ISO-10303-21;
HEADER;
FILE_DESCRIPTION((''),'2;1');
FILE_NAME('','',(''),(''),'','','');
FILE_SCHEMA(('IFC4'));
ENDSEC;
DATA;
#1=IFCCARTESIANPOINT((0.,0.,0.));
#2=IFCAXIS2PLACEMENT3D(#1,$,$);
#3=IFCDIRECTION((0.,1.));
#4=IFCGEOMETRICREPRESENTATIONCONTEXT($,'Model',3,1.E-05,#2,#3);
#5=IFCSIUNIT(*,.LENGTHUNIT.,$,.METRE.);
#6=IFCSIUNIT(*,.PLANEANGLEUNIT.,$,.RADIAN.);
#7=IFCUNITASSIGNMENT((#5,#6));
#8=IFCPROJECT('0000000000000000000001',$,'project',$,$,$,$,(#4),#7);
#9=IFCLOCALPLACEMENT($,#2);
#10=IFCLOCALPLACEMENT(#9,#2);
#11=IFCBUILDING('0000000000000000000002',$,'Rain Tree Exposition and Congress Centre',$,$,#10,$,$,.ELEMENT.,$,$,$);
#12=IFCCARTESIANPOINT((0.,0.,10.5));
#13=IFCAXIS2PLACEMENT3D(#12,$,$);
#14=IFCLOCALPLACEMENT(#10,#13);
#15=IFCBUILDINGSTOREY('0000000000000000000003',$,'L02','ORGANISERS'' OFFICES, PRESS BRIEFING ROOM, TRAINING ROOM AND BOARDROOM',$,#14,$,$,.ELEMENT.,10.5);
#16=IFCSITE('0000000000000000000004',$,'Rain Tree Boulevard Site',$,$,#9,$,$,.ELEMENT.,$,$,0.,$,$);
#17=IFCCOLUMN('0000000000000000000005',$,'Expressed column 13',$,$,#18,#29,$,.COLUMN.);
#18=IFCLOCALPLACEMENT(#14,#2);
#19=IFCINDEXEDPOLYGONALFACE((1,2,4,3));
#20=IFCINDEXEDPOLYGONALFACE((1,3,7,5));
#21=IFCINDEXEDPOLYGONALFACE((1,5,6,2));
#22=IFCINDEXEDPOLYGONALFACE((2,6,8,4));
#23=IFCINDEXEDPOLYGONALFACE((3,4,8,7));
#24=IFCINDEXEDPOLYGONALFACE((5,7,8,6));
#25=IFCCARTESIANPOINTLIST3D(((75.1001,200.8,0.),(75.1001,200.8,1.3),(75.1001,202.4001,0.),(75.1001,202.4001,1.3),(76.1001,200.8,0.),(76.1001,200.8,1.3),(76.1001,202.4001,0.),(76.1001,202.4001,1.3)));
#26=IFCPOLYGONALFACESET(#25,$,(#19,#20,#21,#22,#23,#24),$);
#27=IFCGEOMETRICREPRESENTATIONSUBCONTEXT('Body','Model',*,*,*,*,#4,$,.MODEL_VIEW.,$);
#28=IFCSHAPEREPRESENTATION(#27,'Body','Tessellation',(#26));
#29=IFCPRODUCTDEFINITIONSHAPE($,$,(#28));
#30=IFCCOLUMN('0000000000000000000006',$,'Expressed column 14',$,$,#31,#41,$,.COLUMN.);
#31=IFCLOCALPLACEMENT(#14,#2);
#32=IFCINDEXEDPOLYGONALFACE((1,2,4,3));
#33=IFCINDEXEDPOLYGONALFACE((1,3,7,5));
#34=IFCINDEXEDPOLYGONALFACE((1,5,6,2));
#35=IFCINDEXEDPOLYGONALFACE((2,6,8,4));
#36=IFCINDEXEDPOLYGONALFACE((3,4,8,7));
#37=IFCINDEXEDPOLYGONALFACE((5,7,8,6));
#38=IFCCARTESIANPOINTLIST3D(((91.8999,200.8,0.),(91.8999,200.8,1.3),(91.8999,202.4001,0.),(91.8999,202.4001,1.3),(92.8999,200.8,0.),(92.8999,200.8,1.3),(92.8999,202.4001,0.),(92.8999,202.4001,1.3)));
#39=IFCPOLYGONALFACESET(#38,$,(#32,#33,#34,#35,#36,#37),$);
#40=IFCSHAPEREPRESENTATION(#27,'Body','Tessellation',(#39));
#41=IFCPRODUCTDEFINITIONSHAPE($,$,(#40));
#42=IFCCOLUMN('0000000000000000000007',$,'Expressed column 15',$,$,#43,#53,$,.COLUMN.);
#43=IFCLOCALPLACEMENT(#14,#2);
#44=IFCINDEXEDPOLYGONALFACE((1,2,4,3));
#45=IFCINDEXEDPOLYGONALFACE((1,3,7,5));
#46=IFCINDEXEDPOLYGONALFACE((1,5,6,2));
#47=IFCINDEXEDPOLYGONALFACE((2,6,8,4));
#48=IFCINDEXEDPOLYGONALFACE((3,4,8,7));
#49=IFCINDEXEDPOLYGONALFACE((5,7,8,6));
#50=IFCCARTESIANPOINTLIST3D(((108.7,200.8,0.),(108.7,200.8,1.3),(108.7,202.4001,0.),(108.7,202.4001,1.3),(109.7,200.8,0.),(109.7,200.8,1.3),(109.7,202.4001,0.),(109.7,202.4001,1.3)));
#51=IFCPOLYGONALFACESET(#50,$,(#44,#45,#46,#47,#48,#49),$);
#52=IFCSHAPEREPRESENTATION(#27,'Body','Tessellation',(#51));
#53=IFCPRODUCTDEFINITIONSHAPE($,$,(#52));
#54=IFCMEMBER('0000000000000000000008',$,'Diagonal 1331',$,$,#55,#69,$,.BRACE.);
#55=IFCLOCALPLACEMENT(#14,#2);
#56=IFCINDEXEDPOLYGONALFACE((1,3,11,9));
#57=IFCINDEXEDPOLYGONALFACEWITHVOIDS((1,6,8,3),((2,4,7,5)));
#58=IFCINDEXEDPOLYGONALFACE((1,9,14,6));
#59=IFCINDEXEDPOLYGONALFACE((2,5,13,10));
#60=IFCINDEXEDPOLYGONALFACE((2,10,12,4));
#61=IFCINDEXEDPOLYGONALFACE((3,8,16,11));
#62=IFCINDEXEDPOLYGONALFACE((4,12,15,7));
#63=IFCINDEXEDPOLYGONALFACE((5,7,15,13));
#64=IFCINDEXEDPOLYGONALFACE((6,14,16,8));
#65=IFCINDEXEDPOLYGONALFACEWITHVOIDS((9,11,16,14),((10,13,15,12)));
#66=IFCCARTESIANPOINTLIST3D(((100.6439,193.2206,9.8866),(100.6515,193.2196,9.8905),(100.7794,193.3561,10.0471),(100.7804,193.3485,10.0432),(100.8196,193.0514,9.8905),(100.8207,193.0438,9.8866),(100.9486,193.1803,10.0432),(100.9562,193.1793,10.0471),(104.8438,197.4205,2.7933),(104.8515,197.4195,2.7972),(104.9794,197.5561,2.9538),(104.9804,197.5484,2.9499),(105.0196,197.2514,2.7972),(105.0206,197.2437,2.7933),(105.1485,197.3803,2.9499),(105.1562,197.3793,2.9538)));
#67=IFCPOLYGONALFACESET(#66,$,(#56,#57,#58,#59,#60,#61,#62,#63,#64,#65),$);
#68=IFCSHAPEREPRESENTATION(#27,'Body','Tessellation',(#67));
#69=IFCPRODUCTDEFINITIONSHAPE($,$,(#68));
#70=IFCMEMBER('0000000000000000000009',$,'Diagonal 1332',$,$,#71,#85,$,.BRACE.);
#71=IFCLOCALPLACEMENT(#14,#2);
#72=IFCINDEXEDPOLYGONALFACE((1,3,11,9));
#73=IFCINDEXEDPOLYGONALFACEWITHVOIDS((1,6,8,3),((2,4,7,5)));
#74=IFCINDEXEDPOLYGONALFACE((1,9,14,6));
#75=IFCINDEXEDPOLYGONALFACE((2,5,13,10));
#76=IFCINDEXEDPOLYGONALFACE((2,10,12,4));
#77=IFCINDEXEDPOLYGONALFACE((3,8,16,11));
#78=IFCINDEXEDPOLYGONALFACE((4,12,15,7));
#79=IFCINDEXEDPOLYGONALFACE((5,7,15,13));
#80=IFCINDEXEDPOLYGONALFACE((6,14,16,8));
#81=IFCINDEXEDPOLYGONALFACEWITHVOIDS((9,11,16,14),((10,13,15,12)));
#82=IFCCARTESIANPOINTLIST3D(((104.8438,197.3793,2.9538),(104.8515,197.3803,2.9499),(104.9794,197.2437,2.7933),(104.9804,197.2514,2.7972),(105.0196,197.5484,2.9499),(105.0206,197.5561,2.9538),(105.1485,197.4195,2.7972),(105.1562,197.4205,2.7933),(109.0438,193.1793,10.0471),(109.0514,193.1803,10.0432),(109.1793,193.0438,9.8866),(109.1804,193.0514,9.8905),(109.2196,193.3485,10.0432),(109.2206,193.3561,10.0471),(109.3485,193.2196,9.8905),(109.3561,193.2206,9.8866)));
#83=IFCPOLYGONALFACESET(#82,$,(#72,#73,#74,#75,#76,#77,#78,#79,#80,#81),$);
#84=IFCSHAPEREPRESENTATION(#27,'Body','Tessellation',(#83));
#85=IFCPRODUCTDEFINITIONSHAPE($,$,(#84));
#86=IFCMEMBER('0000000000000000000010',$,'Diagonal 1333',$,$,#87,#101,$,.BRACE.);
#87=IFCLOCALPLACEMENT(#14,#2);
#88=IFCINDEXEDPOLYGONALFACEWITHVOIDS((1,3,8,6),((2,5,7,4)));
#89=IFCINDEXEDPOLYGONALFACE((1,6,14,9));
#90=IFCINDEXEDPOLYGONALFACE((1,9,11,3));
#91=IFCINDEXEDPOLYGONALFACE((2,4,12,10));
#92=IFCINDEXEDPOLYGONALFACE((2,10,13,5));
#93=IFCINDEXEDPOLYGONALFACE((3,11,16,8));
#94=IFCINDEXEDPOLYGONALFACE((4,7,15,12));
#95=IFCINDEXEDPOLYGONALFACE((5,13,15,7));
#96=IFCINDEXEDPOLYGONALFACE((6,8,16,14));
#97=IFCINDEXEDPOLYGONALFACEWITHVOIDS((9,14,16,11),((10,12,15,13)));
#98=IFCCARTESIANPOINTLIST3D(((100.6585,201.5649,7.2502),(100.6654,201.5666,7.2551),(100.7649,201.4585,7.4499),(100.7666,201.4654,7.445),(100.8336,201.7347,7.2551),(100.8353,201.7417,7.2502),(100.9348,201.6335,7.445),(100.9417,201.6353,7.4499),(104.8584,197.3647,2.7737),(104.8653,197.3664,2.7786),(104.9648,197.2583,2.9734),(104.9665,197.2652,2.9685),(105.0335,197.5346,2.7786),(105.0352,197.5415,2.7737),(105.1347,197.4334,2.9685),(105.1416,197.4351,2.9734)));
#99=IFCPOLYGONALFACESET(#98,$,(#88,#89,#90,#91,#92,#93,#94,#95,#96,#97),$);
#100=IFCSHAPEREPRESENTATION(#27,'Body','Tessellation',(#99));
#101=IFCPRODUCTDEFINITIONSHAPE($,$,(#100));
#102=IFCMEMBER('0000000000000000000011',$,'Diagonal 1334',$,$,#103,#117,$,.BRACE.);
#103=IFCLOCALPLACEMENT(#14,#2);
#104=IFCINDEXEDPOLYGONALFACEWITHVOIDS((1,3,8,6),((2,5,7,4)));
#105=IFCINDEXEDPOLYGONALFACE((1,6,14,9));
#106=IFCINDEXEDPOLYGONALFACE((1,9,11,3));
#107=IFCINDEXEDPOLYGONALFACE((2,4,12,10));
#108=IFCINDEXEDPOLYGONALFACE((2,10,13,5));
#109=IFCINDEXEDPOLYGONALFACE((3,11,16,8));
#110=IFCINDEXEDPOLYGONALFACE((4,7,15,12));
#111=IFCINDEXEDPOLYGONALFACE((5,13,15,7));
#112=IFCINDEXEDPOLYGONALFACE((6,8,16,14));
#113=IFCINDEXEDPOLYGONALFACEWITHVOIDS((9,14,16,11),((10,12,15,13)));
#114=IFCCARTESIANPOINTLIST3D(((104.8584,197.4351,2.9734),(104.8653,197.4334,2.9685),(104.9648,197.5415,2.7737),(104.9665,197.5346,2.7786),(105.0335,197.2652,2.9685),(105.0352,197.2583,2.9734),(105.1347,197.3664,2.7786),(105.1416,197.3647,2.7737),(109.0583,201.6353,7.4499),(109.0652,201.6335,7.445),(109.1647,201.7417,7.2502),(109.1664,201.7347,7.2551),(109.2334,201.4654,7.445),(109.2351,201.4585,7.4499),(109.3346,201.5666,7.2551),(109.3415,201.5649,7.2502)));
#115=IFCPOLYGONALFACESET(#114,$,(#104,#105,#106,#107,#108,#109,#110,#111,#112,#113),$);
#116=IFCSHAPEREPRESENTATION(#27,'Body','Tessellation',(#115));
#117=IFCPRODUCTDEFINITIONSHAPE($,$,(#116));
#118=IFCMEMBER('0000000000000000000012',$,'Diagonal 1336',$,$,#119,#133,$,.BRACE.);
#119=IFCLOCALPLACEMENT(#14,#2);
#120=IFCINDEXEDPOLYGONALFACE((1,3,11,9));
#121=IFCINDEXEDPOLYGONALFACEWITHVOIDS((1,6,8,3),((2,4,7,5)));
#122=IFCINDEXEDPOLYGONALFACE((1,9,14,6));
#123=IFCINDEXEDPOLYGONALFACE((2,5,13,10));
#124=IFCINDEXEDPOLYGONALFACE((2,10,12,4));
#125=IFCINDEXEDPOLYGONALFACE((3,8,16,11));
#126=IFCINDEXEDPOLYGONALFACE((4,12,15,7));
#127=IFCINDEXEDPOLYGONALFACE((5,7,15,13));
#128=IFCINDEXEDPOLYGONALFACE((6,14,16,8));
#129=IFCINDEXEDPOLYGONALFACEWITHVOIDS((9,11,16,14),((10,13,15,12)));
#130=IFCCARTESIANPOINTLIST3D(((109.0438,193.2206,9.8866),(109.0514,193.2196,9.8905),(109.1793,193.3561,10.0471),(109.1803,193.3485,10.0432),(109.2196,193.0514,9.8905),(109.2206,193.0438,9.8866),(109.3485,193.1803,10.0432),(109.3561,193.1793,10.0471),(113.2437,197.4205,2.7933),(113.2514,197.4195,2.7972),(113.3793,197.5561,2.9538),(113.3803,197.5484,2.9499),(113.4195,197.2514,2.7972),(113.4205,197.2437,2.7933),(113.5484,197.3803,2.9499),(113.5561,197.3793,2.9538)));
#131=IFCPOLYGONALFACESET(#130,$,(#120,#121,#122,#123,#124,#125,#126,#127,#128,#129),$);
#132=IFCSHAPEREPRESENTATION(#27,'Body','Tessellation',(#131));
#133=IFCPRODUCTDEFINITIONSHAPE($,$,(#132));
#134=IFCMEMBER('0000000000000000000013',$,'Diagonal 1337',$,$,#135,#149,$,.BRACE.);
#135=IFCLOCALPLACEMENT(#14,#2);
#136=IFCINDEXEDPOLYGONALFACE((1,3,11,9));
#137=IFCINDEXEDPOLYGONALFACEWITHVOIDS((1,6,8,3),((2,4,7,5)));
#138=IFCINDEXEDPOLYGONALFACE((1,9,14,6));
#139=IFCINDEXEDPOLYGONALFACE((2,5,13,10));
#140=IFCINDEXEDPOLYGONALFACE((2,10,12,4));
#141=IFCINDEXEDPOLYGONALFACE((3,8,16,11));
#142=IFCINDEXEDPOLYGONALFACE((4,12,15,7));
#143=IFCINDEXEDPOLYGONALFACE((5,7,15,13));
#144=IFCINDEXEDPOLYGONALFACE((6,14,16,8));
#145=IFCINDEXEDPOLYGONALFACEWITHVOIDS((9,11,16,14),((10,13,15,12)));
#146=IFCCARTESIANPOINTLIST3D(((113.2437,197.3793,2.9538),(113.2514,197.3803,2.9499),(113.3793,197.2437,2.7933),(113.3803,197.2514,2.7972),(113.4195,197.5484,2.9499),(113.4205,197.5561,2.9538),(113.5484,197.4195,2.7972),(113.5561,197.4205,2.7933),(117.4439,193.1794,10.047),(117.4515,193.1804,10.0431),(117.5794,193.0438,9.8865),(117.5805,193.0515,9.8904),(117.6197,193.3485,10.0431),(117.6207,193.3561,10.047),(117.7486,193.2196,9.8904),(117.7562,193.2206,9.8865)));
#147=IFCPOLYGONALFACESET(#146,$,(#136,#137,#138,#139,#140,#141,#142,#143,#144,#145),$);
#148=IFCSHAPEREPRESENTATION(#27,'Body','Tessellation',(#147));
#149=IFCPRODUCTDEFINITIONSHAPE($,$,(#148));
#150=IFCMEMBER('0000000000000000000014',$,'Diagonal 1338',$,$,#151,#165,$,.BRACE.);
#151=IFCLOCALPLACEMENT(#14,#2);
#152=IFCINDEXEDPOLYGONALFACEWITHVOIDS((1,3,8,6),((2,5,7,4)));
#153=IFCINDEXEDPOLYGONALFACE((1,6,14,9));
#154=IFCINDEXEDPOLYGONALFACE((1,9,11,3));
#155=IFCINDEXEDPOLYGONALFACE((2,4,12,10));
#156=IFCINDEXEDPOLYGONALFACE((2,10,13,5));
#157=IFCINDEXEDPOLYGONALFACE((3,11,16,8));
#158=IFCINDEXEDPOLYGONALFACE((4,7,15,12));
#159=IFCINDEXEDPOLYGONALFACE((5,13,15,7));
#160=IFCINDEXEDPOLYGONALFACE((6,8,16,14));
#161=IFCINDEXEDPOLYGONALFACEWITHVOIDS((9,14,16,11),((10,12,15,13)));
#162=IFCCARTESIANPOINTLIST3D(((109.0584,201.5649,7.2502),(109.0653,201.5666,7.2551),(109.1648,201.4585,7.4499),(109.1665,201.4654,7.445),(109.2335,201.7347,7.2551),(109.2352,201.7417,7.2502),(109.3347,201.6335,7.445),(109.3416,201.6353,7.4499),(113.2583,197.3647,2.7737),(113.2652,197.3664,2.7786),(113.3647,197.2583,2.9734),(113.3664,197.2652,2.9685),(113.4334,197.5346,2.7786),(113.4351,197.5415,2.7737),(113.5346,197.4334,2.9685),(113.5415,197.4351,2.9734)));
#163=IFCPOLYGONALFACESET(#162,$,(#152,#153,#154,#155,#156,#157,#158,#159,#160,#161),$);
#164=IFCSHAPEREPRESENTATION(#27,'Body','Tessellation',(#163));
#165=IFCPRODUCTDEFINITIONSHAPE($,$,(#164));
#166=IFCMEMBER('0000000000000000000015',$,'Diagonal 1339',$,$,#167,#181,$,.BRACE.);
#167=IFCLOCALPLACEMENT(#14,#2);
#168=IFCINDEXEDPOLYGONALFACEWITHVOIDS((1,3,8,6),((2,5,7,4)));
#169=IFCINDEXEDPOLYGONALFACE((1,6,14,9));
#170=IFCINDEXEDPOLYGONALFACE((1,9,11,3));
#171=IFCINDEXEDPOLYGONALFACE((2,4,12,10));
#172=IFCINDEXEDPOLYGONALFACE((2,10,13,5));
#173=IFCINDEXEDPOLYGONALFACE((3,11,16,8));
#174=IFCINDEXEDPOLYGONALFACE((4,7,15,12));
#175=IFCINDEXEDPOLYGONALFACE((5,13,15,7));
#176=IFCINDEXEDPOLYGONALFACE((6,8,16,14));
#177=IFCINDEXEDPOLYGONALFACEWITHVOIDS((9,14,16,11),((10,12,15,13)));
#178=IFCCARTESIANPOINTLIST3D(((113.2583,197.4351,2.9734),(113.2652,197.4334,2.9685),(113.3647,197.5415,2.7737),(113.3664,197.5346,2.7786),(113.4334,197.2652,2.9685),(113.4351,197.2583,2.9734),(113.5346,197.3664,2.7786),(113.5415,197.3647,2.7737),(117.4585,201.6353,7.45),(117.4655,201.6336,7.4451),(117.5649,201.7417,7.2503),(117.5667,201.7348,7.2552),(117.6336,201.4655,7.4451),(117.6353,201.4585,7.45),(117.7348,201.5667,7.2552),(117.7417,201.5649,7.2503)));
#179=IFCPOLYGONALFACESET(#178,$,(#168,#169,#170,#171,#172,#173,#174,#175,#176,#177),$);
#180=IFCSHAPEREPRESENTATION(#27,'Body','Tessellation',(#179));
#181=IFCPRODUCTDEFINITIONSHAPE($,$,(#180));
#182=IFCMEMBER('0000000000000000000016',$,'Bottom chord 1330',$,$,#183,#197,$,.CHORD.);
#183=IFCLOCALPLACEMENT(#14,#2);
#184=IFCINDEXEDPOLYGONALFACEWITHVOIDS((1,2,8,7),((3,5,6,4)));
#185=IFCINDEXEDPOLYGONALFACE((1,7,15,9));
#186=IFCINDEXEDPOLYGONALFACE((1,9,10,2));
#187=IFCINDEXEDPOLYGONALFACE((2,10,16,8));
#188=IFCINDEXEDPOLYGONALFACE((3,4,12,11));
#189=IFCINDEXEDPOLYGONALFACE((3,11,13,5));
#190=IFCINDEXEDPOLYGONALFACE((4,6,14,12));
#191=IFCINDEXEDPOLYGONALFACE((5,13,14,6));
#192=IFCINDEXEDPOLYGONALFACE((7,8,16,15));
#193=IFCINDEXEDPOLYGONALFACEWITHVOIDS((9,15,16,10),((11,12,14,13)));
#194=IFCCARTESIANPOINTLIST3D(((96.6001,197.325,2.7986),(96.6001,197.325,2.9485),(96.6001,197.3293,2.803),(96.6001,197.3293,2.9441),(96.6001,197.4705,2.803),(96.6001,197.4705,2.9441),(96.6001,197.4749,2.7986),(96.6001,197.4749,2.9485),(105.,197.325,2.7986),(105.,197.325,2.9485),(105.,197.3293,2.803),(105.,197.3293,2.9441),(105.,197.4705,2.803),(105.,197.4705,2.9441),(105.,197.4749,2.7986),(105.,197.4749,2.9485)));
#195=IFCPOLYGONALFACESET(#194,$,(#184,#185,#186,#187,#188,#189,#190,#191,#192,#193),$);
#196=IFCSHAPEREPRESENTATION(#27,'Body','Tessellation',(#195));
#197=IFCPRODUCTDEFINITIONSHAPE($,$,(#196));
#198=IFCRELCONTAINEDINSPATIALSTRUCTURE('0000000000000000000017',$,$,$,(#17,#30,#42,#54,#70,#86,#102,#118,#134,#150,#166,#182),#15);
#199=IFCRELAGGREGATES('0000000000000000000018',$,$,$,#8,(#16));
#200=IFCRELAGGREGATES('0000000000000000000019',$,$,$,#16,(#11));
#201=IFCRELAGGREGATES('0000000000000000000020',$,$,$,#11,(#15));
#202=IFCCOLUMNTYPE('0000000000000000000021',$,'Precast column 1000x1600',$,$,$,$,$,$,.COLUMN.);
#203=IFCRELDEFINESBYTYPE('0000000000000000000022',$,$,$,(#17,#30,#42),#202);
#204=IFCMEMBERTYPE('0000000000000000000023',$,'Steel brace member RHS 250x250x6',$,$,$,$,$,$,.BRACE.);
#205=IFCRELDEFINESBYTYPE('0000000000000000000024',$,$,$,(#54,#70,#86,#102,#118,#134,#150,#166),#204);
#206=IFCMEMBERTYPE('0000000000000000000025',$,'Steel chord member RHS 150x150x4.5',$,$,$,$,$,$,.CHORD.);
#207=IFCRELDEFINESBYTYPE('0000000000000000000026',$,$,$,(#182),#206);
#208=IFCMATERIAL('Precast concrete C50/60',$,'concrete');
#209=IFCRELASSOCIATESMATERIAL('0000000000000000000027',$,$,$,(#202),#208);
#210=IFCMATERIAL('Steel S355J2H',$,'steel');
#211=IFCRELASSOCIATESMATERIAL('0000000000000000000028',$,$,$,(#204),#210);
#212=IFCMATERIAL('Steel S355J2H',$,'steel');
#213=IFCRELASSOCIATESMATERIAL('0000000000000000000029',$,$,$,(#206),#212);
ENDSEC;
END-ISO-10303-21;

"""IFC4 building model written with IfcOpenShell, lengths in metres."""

from ifc_helpers import new_model, si_unit, direction, frame, origin, origin_2d, place, context, subcontext, project, spatial, rectangle, hollow_rectangle, extrude, material, material_profile, profile_set, type_object, element, save


model = new_model("IFC4")

# Units and contexts
model_context = context("Model", 3, precision=1e-05, world=origin(), true_north=direction((0.0, 1.0)))
body_context = subcontext(model_context, "Body", "Model", "MODEL_VIEW")
ifc_project = project(units=[si_unit("LENGTHUNIT", "METRE"), si_unit("PLANEANGLEUNIT", "RADIAN")], contexts=[model_context])

# Site, building, storey
site_placement = place(None, origin())
site = spatial("IfcSite", under=ifc_project, at=site_placement, Name="Rain Tree Boulevard Site", CompositionType="ELEMENT", RefElevation=0.0)
building_placement = place(site_placement, origin())
building = spatial("IfcBuilding", under=site, at=building_placement, Name="Rain Tree Exposition and Congress Centre", CompositionType="ELEMENT")
storey_placement = place(building_placement, frame((0.0, 0.0, 10.5)))
storey = spatial("IfcBuildingStorey", under=building, at=storey_placement, Name="L02", Description="ORGANISERS' OFFICES, PRESS BRIEFING ROOM, TRAINING ROOM AND BOARDROOM", CompositionType="ELEMENT", Elevation=10.5)

# Columns
ifc_material_1 = material(Name="Precast concrete C50/60", Category="concrete")
ifc_material_profile_1 = material_profile(ifc_material_1, rectangle(XDim=1.0, YDim=1.6001, at=origin_2d()), Name="RC 1000x1600")
ifc_profile_set_1 = profile_set([ifc_material_profile_1], Name="Precast concrete C50/60")
column_type = type_object("IfcColumnType", Name="Precast column 1000x1600", PredefinedType="COLUMN", material=ifc_profile_set_1)
for number, where, z_axis, x_axis, name in (
    (1, (75.6001, 201.6001, 0.0), (0.0, 0.0, 1.0), (1.0, 0.0, 0.0), "Expressed column 13"),
    (2, (92.3999, 201.6001, 0.0), (0.0, 0.0, 1.0), (1.0, 0.0, 0.0), "Expressed column 14"),
    (3, (109.2, 201.6001, 0.0), (0.0, 0.0, 1.0), (1.0, 0.0, 0.0), "Expressed column 15"),
):
    element("IfcColumn", number, at=place(storey_placement, frame(where, z_axis=z_axis, x_axis=x_axis)), inside=storey, type_object=column_type, Name=name, PredefinedType="COLUMN", context=body_context, shape_type="SweptSolid", body=[
        extrude(rectangle(XDim=1.0, YDim=1.6001, at=origin_2d()), origin(), (0.0, 0.0, 1.0), 1.3),
    ])

# Members
ifc_material_2 = material(Name="Steel S355J2H", Category="steel")
ifc_material_profile_2 = material_profile(ifc_material_2, hollow_rectangle(XDim=0.25, YDim=0.25, WallThickness=0.0061, at=origin_2d()), Name="RHS 250x250x6")
ifc_profile_set_2 = profile_set([ifc_material_profile_2], Name="Steel S355J2H")
member_type_1 = type_object("IfcMemberType", Name="Steel brace member RHS 250x250x6", PredefinedType="BRACE", material=ifc_profile_set_2)
for number, where, z_axis, x_axis, name in (
    (4, (105.0, 197.3999, 2.8735), (-0.453966, -0.453966, 0.7667), (0.707107, -0.707107, 0.0), "Diagonal 1331"),
    (5, (105.0, 197.3999, 2.8735), (0.453966, -0.453966, 0.7667), (0.707107, 0.707107, 0.0), "Diagonal 1332"),
):
    element("IfcMember", number, at=place(storey_placement, frame(where, z_axis=z_axis, x_axis=x_axis)), inside=storey, type_object=member_type_1, Name=name, PredefinedType="BRACE", context=body_context, shape_type="SweptSolid", body=[
        extrude(hollow_rectangle(XDim=0.25, YDim=0.25, WallThickness=0.0061, at=origin_2d()), origin(), (0.0, 0.0, 1.0), 9.2517),
    ])
for number, where, z_axis, x_axis, name in (
    (6, (105.0, 197.3999, 2.8735), (-0.564677, 0.564709, 0.601867), (-0.707127, -0.707086, 0.0), "Diagonal 1333"),
    (7, (105.0, 197.3999, 2.8735), (0.564677, 0.564709, 0.601867), (-0.707127, 0.707086, 0.0), "Diagonal 1334"),
):
    element("IfcMember", number, at=place(storey_placement, frame(where, z_axis=z_axis, x_axis=x_axis)), inside=storey, type_object=member_type_1, Name=name, PredefinedType="BRACE", context=body_context, shape_type="SweptSolid", body=[
        extrude(hollow_rectangle(XDim=0.25, YDim=0.25, WallThickness=0.0061, at=origin_2d()), origin(), (0.0, 0.0, 1.0), 7.4377),
    ])
for number, where, z_axis, x_axis, name in (
    (8, (113.3999, 197.3999, 2.8735), (-0.453966, -0.453966, 0.7667), (0.707107, -0.707107, 0.0), "Diagonal 1336"),
    (9, (113.3999, 197.3999, 2.8735), (0.453987, -0.453961, 0.766691), (0.707086, 0.707127, 0.0), "Diagonal 1337"),
):
    element("IfcMember", number, at=place(storey_placement, frame(where, z_axis=z_axis, x_axis=x_axis)), inside=storey, type_object=member_type_1, Name=name, PredefinedType="BRACE", context=body_context, shape_type="SweptSolid", body=[
        extrude(hollow_rectangle(XDim=0.25, YDim=0.25, WallThickness=0.0061, at=origin_2d()), origin(), (0.0, 0.0, 1.0), 9.2517),
    ])
member_1_placement = place(storey_placement, frame((113.3999, 197.3999, 2.8735), z_axis=(-0.564677, 0.564709, 0.601867), x_axis=(-0.707127, -0.707086, 0.0)))
element("IfcMember", 10, at=member_1_placement, inside=storey, type_object=member_type_1, Name="Diagonal 1338", PredefinedType="BRACE", context=body_context, shape_type="SweptSolid", body=[
    extrude(hollow_rectangle(XDim=0.25, YDim=0.25, WallThickness=0.0061, at=origin_2d()), origin(), (0.0, 0.0, 1.0), 7.4377),
])
member_2_placement = place(storey_placement, frame((113.3999, 197.3999, 2.8735), z_axis=(0.564699, 0.564699, 0.601855), x_axis=(-0.707107, 0.707107, 0.0)))
element("IfcMember", 11, at=member_2_placement, inside=storey, type_object=member_type_1, Name="Diagonal 1339", PredefinedType="BRACE", context=body_context, shape_type="SweptSolid", body=[
    extrude(hollow_rectangle(XDim=0.25, YDim=0.25, WallThickness=0.0061, at=origin_2d()), origin(), (0.0, 0.0, 1.0), 7.438),
])
ifc_material_3 = material(Name="Steel S355J2H", Category="steel")
ifc_material_profile_3 = material_profile(ifc_material_3, hollow_rectangle(XDim=0.1499, YDim=0.1499, WallThickness=0.0044, at=origin_2d()), Name="RHS 150x150x4.5")
ifc_profile_set_3 = profile_set([ifc_material_profile_3], Name="Steel S355J2H")
member_type_2 = type_object("IfcMemberType", Name="Steel chord member RHS 150x150x4.5", PredefinedType="CHORD", material=ifc_profile_set_3)
for number, where, z_axis, x_axis, name in (
    (12, (96.6001, 197.3999, 2.8735), (1.0, 0.0, 0.0), (0.0, 1.0, 0.0), "Bottom chord 1330"),
):
    element("IfcMember", number, at=place(storey_placement, frame(where, z_axis=z_axis, x_axis=x_axis)), inside=storey, type_object=member_type_2, Name=name, PredefinedType="CHORD", context=body_context, shape_type="SweptSolid", body=[
        extrude(hollow_rectangle(XDim=0.1499, YDim=0.1499, WallThickness=0.0044, at=origin_2d()), origin(), (0.0, 0.0, 1.0), 8.3999),
    ])

save(model, "model.ifc")
